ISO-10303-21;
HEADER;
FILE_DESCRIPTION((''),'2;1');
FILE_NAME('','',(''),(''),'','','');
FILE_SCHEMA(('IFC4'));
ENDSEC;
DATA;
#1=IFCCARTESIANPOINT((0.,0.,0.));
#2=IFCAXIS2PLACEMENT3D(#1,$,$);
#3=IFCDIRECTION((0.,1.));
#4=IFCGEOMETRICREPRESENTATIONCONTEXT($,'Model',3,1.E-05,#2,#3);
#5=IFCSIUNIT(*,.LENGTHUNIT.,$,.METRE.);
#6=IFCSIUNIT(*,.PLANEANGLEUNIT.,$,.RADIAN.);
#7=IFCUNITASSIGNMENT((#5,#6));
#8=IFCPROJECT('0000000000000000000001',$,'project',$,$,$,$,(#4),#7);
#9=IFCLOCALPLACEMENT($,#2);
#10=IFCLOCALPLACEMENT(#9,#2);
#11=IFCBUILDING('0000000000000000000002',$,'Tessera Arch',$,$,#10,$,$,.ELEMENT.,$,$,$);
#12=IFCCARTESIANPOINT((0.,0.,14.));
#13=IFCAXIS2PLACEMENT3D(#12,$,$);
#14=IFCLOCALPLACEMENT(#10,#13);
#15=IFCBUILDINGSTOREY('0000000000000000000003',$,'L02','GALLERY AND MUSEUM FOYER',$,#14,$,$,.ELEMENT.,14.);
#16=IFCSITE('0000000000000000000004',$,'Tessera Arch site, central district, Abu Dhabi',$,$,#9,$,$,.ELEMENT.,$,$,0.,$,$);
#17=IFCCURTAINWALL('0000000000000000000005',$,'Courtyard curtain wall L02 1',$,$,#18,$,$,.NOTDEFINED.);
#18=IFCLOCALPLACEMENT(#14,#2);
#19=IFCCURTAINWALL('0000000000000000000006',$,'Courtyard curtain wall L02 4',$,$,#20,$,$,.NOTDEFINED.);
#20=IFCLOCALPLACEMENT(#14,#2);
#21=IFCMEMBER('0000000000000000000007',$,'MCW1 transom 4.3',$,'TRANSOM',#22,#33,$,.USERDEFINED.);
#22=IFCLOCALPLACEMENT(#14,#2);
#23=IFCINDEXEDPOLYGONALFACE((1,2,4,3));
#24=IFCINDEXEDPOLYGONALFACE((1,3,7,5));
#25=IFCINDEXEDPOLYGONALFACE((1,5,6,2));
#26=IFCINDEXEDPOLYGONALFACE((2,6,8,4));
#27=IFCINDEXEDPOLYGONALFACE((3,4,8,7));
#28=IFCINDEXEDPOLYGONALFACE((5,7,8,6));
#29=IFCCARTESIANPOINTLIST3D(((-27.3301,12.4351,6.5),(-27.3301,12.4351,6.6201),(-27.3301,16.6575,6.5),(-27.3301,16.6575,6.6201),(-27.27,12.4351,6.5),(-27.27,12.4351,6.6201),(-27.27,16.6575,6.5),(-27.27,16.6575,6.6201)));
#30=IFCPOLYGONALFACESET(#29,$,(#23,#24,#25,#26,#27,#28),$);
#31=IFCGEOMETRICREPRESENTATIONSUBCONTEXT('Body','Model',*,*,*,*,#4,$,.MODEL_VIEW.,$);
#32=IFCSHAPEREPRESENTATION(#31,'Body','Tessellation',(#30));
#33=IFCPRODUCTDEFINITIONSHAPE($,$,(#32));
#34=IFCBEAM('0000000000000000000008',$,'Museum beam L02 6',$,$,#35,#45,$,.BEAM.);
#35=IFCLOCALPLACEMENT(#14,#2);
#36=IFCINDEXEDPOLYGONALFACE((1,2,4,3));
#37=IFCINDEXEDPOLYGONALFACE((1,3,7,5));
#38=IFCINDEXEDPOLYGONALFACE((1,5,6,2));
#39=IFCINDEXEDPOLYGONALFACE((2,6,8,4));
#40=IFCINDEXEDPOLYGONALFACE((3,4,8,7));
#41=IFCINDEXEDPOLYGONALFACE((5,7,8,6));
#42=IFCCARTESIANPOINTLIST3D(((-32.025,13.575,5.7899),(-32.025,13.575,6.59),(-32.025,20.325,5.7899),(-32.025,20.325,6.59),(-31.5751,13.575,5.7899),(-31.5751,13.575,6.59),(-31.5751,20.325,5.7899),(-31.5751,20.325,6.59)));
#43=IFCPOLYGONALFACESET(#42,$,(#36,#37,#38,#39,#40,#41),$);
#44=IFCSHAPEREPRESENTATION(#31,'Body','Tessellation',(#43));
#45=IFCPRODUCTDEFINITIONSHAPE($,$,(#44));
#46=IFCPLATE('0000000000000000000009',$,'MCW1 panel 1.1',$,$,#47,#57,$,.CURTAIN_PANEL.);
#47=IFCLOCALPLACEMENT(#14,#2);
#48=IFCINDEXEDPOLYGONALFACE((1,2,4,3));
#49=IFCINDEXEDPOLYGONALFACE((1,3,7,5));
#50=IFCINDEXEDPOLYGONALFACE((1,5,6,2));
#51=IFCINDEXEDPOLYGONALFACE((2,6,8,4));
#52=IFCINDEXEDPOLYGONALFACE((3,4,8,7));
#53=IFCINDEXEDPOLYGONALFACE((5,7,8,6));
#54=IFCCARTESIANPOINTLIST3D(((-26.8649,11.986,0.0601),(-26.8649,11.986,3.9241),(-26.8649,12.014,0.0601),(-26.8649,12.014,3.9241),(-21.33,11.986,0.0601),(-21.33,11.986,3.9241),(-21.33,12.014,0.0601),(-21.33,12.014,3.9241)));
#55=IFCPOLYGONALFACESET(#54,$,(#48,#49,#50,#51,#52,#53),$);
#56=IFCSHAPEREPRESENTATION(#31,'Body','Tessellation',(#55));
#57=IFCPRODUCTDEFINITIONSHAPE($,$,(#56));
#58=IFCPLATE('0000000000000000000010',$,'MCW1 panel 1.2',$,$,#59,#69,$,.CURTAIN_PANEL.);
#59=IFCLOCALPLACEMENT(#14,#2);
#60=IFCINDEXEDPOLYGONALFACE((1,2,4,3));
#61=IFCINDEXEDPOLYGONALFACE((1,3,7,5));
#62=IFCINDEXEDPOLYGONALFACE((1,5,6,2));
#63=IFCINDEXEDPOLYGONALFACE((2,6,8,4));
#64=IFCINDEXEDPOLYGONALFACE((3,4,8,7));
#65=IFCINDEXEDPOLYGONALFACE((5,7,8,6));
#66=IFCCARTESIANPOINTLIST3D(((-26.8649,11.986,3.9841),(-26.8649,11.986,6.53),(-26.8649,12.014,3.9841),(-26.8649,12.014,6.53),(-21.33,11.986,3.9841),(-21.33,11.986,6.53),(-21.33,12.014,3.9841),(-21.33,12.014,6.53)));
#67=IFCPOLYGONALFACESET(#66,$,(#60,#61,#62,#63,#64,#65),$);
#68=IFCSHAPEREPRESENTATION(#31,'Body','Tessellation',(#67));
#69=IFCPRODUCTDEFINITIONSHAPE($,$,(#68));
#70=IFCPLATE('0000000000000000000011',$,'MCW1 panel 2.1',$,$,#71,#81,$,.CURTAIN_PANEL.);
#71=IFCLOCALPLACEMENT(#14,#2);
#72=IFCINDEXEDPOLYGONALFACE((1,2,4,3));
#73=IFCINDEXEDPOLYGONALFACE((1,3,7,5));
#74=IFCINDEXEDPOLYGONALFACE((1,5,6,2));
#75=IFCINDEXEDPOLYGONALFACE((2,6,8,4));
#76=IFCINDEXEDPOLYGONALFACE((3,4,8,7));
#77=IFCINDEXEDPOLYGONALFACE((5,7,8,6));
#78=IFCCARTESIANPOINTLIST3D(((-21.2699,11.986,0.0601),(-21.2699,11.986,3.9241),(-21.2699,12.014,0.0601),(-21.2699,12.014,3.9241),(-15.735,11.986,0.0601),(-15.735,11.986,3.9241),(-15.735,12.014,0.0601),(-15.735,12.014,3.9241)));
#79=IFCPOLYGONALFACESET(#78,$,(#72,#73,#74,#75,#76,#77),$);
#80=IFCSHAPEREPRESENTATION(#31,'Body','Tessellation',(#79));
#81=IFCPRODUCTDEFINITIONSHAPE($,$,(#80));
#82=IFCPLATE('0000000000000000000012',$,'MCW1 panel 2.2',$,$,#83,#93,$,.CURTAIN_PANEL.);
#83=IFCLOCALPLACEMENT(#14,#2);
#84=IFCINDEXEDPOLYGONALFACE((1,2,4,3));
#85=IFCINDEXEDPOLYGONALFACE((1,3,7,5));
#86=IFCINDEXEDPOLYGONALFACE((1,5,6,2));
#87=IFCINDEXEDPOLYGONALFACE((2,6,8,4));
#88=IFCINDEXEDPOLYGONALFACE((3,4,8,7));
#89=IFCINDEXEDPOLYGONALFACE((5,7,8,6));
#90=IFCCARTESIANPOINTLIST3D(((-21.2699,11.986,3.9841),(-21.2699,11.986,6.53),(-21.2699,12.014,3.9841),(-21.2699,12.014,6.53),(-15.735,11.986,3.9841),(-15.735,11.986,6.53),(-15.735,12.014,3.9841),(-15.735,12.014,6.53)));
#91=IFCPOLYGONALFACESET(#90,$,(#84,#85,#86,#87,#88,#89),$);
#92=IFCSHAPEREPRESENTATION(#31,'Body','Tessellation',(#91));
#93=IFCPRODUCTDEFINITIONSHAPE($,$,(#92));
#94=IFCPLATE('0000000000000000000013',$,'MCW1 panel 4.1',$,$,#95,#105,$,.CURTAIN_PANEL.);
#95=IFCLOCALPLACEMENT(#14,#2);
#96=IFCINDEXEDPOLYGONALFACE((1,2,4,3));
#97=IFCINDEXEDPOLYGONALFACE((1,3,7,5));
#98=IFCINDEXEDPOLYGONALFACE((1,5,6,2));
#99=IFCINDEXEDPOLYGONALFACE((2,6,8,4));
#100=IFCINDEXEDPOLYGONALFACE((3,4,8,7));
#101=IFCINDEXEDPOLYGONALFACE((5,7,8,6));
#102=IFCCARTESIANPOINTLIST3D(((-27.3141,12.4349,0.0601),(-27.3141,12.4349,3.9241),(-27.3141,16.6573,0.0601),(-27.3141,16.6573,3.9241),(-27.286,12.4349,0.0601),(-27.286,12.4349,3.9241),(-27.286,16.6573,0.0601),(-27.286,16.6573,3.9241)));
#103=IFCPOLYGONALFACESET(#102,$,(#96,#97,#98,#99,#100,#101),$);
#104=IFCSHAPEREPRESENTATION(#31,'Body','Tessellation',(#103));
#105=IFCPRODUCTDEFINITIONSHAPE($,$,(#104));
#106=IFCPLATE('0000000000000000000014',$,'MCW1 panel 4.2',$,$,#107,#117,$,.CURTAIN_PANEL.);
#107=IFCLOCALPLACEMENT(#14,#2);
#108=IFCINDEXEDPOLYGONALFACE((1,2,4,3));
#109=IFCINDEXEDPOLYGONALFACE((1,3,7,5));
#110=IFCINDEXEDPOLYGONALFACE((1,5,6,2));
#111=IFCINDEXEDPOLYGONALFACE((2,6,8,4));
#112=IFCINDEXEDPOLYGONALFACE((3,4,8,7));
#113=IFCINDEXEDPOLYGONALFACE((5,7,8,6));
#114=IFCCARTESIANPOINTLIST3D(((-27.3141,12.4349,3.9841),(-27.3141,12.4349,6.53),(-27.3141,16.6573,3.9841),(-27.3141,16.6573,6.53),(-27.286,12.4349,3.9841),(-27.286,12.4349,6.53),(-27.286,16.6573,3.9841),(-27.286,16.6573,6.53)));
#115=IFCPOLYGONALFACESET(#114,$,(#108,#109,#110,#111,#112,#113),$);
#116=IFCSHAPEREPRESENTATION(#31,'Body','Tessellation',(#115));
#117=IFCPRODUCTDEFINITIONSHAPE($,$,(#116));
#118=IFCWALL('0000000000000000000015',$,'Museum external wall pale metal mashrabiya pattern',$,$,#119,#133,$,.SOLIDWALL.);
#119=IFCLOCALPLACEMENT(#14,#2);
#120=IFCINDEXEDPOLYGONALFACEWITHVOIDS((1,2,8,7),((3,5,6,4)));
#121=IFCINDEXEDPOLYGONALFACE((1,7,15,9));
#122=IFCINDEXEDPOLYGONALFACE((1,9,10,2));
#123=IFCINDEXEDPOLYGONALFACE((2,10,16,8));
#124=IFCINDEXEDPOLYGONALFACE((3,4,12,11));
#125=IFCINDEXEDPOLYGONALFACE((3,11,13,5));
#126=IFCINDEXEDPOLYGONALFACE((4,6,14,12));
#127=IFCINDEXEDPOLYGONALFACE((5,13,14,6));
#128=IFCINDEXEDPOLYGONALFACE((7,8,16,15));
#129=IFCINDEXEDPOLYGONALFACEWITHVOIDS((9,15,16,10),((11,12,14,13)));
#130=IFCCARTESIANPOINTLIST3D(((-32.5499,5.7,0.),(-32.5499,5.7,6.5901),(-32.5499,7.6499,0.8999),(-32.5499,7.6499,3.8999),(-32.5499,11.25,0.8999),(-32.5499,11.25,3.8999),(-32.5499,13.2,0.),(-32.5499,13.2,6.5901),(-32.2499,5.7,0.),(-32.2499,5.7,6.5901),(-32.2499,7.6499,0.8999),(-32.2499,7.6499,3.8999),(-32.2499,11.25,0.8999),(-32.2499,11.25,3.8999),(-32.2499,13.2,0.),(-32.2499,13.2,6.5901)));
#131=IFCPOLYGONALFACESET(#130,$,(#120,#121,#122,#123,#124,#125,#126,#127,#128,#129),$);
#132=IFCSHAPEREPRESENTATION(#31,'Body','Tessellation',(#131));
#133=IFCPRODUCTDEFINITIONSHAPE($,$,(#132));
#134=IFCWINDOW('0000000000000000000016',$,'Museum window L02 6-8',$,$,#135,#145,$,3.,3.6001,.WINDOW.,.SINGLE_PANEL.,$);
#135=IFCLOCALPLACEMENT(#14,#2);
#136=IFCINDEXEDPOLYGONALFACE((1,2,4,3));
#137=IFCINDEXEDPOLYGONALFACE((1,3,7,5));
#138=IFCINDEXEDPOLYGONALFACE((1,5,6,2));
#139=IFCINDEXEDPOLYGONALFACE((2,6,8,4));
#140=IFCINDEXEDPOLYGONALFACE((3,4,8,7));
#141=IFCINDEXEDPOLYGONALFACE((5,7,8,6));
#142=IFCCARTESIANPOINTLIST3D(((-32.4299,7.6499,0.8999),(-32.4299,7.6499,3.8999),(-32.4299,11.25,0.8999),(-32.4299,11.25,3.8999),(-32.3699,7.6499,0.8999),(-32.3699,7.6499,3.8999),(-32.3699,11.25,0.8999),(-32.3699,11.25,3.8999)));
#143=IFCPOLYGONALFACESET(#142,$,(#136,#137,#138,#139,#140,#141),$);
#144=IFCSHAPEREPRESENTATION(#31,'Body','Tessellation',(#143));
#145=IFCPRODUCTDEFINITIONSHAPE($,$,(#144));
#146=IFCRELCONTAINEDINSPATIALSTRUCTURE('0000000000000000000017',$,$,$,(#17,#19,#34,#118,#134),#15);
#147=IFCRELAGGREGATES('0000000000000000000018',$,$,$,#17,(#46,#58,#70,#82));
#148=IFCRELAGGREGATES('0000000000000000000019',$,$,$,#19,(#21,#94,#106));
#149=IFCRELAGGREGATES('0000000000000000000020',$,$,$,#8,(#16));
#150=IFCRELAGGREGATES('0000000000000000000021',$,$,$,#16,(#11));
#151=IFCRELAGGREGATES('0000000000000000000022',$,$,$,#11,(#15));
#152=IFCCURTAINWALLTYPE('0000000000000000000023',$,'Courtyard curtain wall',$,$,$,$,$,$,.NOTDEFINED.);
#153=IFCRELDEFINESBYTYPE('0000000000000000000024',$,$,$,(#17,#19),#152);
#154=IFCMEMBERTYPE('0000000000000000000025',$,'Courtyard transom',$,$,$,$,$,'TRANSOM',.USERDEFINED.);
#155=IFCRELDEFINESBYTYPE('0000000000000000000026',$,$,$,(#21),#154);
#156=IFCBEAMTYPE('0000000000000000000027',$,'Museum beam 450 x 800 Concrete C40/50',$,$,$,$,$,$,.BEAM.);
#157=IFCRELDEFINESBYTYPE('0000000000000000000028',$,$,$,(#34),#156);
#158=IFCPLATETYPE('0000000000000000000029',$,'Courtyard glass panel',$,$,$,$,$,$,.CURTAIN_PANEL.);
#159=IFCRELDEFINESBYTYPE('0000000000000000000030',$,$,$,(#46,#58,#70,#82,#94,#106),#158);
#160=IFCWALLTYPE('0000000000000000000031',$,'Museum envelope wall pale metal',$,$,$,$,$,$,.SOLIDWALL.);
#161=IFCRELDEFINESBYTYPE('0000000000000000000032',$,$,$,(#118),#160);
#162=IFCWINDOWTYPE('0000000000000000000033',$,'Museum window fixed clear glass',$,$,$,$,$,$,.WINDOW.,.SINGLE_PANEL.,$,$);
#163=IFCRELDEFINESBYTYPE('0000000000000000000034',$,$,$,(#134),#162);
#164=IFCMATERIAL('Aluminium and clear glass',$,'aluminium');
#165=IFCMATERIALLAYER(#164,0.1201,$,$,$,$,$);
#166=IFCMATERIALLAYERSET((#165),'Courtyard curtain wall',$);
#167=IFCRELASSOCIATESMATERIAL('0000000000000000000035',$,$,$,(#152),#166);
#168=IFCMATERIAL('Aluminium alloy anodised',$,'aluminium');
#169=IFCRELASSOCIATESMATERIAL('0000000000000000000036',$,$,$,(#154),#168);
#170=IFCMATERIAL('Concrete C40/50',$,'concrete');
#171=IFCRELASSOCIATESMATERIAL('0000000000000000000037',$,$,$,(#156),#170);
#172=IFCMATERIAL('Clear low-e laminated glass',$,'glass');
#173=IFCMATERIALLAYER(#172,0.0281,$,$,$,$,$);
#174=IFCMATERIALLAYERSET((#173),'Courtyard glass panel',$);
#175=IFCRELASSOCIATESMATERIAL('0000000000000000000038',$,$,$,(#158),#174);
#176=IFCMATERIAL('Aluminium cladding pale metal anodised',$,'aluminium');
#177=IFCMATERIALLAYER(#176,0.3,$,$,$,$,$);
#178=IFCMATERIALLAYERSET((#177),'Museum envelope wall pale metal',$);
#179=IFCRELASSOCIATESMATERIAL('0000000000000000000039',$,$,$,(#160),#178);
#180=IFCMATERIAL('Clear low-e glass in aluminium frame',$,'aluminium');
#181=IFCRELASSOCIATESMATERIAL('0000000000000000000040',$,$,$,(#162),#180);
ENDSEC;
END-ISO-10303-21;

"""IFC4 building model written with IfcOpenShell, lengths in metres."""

from ifc_helpers import new_model, si_unit, direction, frame, frame_2d, origin, origin_2d, place, context, subcontext, project, spatial, rectangle, extrude, material, layer, layer_set, material_profile, profile_set, type_object, element, fill, aggregate, save


model = new_model("IFC4")

# Units and contexts
model_context = context("Model", 3, precision=1e-05, world=origin(), true_north=direction((0.0, 1.0)))
body_context = subcontext(model_context, "Body", "Model", "MODEL_VIEW")
ifc_project = project(units=[si_unit("LENGTHUNIT", "METRE"), si_unit("PLANEANGLEUNIT", "RADIAN")], contexts=[model_context])

# Site, building, storey
site_placement = place(None, origin())
site = spatial("IfcSite", under=ifc_project, at=site_placement, Name="Tessera Arch site, central district, Abu Dhabi", CompositionType="ELEMENT", RefElevation=0.0)
building_placement = place(site_placement, origin())
building = spatial("IfcBuilding", under=site, at=building_placement, Name="Tessera Arch", CompositionType="ELEMENT")
storey_placement = place(building_placement, frame((0.0, 0.0, 14.0)))
storey = spatial("IfcBuildingStorey", under=building, at=storey_placement, Name="L02", Description="GALLERY AND MUSEUM FOYER", CompositionType="ELEMENT", Elevation=14.0)

# Curtain walls
ifc_material_1 = material(Name="Aluminium and clear glass", Category="aluminium")
ifc_layer_1 = layer(ifc_material_1, 0.1201)
ifc_layer_set_1 = layer_set([ifc_layer_1], Name="Courtyard curtain wall")
curtain_wall_type = type_object("IfcCurtainWallType", Name="Courtyard curtain wall", PredefinedType="NOTDEFINED", material=ifc_layer_set_1)
curtain_wall_1_placement = place(storey_placement, origin())
curtain_wall_1 = element("IfcCurtainWall", 1, at=curtain_wall_1_placement, inside=storey, type_object=curtain_wall_type, Name="Courtyard curtain wall L02 1", PredefinedType="NOTDEFINED")
curtain_wall_2_placement = place(storey_placement, origin())
curtain_wall_2 = element("IfcCurtainWall", 2, at=curtain_wall_2_placement, inside=storey, type_object=curtain_wall_type, Name="Courtyard curtain wall L02 4", PredefinedType="NOTDEFINED")

# Member
ifc_material_2 = material(Name="Aluminium alloy anodised", Category="aluminium")
ifc_material_profile_1 = material_profile(ifc_material_2, rectangle(XDim=0.0601, YDim=0.1201, at=origin_2d()), Name="Courtyard transom")
ifc_profile_set_1 = profile_set([ifc_material_profile_1], Name="Aluminium alloy anodised")
member_type_1 = type_object("IfcMemberType", Name="Courtyard transom", ElementType="TRANSOM", PredefinedType="USERDEFINED", material=ifc_profile_set_1)
member_1_placement = place(storey_placement, frame((-27.3, 16.6575, 6.5601), z_axis=(0.0, -1.0, 0.0), x_axis=(1.0, 0.0, 0.0)))
member_1 = element("IfcMember", 3, at=member_1_placement, type_object=member_type_1, Name="MCW1 transom 4.3", ObjectType="TRANSOM", PredefinedType="USERDEFINED", context=body_context, shape_type="SweptSolid", body=[
    extrude(rectangle(XDim=0.0601, YDim=0.1201, at=origin_2d()), origin(), (0.0, 0.0, 1.0), 4.2224),
])

# Beam
ifc_material_3 = material(Name="Concrete C40/50", Category="concrete")
ifc_material_profile_2 = material_profile(ifc_material_3, rectangle(XDim=0.45, YDim=0.8, at=origin_2d()), Name="Museum beam 450 x 800 Concrete C40/50")
ifc_profile_set_2 = profile_set([ifc_material_profile_2], Name="Concrete C40/50")
beam_type = type_object("IfcBeamType", Name="Museum beam 450 x 800 Concrete C40/50", PredefinedType="BEAM", material=ifc_profile_set_2)
beam_placement = place(storey_placement, frame((-31.8, 13.575, 6.1899), z_axis=(0.0, 1.0, 0.0), x_axis=(-1.0, 0.0, 0.0)))
element("IfcBeam", 4, at=beam_placement, inside=storey, type_object=beam_type, Name="Museum beam L02 6", PredefinedType="BEAM", context=body_context, shape_type="SweptSolid", body=[
    extrude(rectangle(XDim=0.45, YDim=0.8, at=origin_2d()), origin(), (0.0, 0.0, 1.0), 6.75),
])

# Plates
ifc_material_4 = material(Name="Clear low-e laminated glass", Category="glass")
ifc_layer_2 = layer(ifc_material_4, 0.0281)
ifc_layer_set_2 = layer_set([ifc_layer_2], Name="Courtyard glass panel")
plate_type = type_object("IfcPlateType", Name="Courtyard glass panel", PredefinedType="CURTAIN_PANEL", material=ifc_layer_set_2)
plate_1_placement = place(storey_placement, frame((-24.0974, 12.0, 0.0601), z_axis=(0.0, 0.0, 1.0), x_axis=(1.0, 0.0, 0.0)))
plate_1 = element("IfcPlate", 5, at=plate_1_placement, type_object=plate_type, Name="MCW1 panel 1.1", PredefinedType="CURTAIN_PANEL", context=body_context, shape_type="SweptSolid", body=[
    extrude(rectangle(XDim=5.5349, YDim=0.0281, at=origin_2d()), origin(), (0.0, 0.0, 1.0), 3.864),
])
plate_2_placement = place(storey_placement, frame((-24.0974, 12.0, 3.9841), z_axis=(0.0, 0.0, 1.0), x_axis=(1.0, 0.0, 0.0)))
plate_2 = element("IfcPlate", 6, at=plate_2_placement, type_object=plate_type, Name="MCW1 panel 1.2", PredefinedType="CURTAIN_PANEL", context=body_context, shape_type="SweptSolid", body=[
    extrude(rectangle(XDim=5.5349, YDim=0.0281, at=origin_2d()), origin(), (0.0, 0.0, 1.0), 2.5459),
])
plate_3_placement = place(storey_placement, frame((-18.5024, 12.0, 0.0601), z_axis=(0.0, 0.0, 1.0), x_axis=(1.0, 0.0, 0.0)))
plate_3 = element("IfcPlate", 7, at=plate_3_placement, type_object=plate_type, Name="MCW1 panel 2.1", PredefinedType="CURTAIN_PANEL", context=body_context, shape_type="SweptSolid", body=[
    extrude(rectangle(XDim=5.5349, YDim=0.0281, at=origin_2d()), origin(), (0.0, 0.0, 1.0), 3.864),
])
plate_4_placement = place(storey_placement, frame((-18.5024, 12.0, 3.9841), z_axis=(0.0, 0.0, 1.0), x_axis=(1.0, 0.0, 0.0)))
plate_4 = element("IfcPlate", 8, at=plate_4_placement, type_object=plate_type, Name="MCW1 panel 2.2", PredefinedType="CURTAIN_PANEL", context=body_context, shape_type="SweptSolid", body=[
    extrude(rectangle(XDim=5.5349, YDim=0.0281, at=origin_2d()), origin(), (0.0, 0.0, 1.0), 2.5459),
])
aggregate(curtain_wall_1, [plate_1, plate_2, plate_3, plate_4])
plate_5_placement = place(storey_placement, frame((-27.3, 14.5461, 0.0601), z_axis=(0.0, 0.0, 1.0), x_axis=(0.0, -1.0, 0.0)))
plate_5 = element("IfcPlate", 9, at=plate_5_placement, type_object=plate_type, Name="MCW1 panel 4.1", PredefinedType="CURTAIN_PANEL", context=body_context, shape_type="SweptSolid", body=[
    extrude(rectangle(XDim=4.2224, YDim=0.0281, at=origin_2d()), origin(), (0.0, 0.0, 1.0), 3.864),
])
plate_6_placement = place(storey_placement, frame((-27.3, 14.5461, 3.9841), z_axis=(0.0, 0.0, 1.0), x_axis=(0.0, -1.0, 0.0)))
plate_6 = element("IfcPlate", 10, at=plate_6_placement, type_object=plate_type, Name="MCW1 panel 4.2", PredefinedType="CURTAIN_PANEL", context=body_context, shape_type="SweptSolid", body=[
    extrude(rectangle(XDim=4.2224, YDim=0.0281, at=origin_2d()), origin(), (0.0, 0.0, 1.0), 2.5459),
])
aggregate(curtain_wall_2, [member_1, plate_5, plate_6])

# Wall, opening, window
ifc_material_5 = material(Name="Aluminium cladding pale metal anodised", Category="aluminium")
ifc_layer_3 = layer(ifc_material_5, 0.3)
ifc_layer_set_3 = layer_set([ifc_layer_3], Name="Museum envelope wall pale metal")
wall_type = type_object("IfcWallType", Name="Museum envelope wall pale metal", PredefinedType="SOLIDWALL", material=ifc_layer_set_3)
wall_placement = place(storey_placement, frame((-32.3999, 13.2, 0.0), z_axis=(0.0, 0.0, 1.0), x_axis=(0.0, -1.0, 0.0)))
wall = element("IfcWall", 11, at=wall_placement, inside=storey, type_object=wall_type, Name="Museum external wall pale metal mashrabiya pattern", PredefinedType="SOLIDWALL", context=body_context, shape_type="SweptSolid", body=[
    extrude(rectangle(XDim=7.5, YDim=0.3, at=frame_2d((3.75, 0.0))), origin(), (0.0, 0.0, 1.0), 6.5901),
])
opening_placement = place(wall_placement, frame((1.95, 0.0, 0.8999)))
opening = element("IfcOpeningElement", 12, at=opening_placement, cuts=wall, PredefinedType="OPENING", context=body_context, shape_type="SweptSolid", body=[
    extrude(rectangle(XDim=3.6001, YDim=3.0, at=frame_2d((1.8, 1.5))), frame((0.0, 0.1599, 0.0), z_axis=(0.0, -1.0, 0.0), x_axis=(1.0, 0.0, 0.0)), (0.0, 0.0, 1.0), 0.3201),
])
ifc_material_6 = material(Name="Clear low-e glass in aluminium frame", Category="aluminium")
window_type = type_object("IfcWindowType", Name="Museum window fixed clear glass", PartitioningType="SINGLE_PANEL", PredefinedType="WINDOW", material=ifc_material_6)
window_placement = place(opening_placement, origin())
window = element("IfcWindow", 13, at=window_placement, inside=storey, type_object=window_type, Name="Museum window L02 6-8", OverallHeight=3.0, OverallWidth=3.6001, PartitioningType="SINGLE_PANEL", PredefinedType="WINDOW", context=body_context, shape_type="SweptSolid", body=[
    extrude(rectangle(XDim=3.6001, YDim=3.0, at=frame_2d((1.8, 1.5))), frame((0.0, 0.03, 0.0), z_axis=(0.0, -1.0, 0.0), x_axis=(1.0, 0.0, 0.0)), (0.0, 0.0, 1.0), 0.0601),
])
fill(opening, window)

save(model, "model.ifc")
